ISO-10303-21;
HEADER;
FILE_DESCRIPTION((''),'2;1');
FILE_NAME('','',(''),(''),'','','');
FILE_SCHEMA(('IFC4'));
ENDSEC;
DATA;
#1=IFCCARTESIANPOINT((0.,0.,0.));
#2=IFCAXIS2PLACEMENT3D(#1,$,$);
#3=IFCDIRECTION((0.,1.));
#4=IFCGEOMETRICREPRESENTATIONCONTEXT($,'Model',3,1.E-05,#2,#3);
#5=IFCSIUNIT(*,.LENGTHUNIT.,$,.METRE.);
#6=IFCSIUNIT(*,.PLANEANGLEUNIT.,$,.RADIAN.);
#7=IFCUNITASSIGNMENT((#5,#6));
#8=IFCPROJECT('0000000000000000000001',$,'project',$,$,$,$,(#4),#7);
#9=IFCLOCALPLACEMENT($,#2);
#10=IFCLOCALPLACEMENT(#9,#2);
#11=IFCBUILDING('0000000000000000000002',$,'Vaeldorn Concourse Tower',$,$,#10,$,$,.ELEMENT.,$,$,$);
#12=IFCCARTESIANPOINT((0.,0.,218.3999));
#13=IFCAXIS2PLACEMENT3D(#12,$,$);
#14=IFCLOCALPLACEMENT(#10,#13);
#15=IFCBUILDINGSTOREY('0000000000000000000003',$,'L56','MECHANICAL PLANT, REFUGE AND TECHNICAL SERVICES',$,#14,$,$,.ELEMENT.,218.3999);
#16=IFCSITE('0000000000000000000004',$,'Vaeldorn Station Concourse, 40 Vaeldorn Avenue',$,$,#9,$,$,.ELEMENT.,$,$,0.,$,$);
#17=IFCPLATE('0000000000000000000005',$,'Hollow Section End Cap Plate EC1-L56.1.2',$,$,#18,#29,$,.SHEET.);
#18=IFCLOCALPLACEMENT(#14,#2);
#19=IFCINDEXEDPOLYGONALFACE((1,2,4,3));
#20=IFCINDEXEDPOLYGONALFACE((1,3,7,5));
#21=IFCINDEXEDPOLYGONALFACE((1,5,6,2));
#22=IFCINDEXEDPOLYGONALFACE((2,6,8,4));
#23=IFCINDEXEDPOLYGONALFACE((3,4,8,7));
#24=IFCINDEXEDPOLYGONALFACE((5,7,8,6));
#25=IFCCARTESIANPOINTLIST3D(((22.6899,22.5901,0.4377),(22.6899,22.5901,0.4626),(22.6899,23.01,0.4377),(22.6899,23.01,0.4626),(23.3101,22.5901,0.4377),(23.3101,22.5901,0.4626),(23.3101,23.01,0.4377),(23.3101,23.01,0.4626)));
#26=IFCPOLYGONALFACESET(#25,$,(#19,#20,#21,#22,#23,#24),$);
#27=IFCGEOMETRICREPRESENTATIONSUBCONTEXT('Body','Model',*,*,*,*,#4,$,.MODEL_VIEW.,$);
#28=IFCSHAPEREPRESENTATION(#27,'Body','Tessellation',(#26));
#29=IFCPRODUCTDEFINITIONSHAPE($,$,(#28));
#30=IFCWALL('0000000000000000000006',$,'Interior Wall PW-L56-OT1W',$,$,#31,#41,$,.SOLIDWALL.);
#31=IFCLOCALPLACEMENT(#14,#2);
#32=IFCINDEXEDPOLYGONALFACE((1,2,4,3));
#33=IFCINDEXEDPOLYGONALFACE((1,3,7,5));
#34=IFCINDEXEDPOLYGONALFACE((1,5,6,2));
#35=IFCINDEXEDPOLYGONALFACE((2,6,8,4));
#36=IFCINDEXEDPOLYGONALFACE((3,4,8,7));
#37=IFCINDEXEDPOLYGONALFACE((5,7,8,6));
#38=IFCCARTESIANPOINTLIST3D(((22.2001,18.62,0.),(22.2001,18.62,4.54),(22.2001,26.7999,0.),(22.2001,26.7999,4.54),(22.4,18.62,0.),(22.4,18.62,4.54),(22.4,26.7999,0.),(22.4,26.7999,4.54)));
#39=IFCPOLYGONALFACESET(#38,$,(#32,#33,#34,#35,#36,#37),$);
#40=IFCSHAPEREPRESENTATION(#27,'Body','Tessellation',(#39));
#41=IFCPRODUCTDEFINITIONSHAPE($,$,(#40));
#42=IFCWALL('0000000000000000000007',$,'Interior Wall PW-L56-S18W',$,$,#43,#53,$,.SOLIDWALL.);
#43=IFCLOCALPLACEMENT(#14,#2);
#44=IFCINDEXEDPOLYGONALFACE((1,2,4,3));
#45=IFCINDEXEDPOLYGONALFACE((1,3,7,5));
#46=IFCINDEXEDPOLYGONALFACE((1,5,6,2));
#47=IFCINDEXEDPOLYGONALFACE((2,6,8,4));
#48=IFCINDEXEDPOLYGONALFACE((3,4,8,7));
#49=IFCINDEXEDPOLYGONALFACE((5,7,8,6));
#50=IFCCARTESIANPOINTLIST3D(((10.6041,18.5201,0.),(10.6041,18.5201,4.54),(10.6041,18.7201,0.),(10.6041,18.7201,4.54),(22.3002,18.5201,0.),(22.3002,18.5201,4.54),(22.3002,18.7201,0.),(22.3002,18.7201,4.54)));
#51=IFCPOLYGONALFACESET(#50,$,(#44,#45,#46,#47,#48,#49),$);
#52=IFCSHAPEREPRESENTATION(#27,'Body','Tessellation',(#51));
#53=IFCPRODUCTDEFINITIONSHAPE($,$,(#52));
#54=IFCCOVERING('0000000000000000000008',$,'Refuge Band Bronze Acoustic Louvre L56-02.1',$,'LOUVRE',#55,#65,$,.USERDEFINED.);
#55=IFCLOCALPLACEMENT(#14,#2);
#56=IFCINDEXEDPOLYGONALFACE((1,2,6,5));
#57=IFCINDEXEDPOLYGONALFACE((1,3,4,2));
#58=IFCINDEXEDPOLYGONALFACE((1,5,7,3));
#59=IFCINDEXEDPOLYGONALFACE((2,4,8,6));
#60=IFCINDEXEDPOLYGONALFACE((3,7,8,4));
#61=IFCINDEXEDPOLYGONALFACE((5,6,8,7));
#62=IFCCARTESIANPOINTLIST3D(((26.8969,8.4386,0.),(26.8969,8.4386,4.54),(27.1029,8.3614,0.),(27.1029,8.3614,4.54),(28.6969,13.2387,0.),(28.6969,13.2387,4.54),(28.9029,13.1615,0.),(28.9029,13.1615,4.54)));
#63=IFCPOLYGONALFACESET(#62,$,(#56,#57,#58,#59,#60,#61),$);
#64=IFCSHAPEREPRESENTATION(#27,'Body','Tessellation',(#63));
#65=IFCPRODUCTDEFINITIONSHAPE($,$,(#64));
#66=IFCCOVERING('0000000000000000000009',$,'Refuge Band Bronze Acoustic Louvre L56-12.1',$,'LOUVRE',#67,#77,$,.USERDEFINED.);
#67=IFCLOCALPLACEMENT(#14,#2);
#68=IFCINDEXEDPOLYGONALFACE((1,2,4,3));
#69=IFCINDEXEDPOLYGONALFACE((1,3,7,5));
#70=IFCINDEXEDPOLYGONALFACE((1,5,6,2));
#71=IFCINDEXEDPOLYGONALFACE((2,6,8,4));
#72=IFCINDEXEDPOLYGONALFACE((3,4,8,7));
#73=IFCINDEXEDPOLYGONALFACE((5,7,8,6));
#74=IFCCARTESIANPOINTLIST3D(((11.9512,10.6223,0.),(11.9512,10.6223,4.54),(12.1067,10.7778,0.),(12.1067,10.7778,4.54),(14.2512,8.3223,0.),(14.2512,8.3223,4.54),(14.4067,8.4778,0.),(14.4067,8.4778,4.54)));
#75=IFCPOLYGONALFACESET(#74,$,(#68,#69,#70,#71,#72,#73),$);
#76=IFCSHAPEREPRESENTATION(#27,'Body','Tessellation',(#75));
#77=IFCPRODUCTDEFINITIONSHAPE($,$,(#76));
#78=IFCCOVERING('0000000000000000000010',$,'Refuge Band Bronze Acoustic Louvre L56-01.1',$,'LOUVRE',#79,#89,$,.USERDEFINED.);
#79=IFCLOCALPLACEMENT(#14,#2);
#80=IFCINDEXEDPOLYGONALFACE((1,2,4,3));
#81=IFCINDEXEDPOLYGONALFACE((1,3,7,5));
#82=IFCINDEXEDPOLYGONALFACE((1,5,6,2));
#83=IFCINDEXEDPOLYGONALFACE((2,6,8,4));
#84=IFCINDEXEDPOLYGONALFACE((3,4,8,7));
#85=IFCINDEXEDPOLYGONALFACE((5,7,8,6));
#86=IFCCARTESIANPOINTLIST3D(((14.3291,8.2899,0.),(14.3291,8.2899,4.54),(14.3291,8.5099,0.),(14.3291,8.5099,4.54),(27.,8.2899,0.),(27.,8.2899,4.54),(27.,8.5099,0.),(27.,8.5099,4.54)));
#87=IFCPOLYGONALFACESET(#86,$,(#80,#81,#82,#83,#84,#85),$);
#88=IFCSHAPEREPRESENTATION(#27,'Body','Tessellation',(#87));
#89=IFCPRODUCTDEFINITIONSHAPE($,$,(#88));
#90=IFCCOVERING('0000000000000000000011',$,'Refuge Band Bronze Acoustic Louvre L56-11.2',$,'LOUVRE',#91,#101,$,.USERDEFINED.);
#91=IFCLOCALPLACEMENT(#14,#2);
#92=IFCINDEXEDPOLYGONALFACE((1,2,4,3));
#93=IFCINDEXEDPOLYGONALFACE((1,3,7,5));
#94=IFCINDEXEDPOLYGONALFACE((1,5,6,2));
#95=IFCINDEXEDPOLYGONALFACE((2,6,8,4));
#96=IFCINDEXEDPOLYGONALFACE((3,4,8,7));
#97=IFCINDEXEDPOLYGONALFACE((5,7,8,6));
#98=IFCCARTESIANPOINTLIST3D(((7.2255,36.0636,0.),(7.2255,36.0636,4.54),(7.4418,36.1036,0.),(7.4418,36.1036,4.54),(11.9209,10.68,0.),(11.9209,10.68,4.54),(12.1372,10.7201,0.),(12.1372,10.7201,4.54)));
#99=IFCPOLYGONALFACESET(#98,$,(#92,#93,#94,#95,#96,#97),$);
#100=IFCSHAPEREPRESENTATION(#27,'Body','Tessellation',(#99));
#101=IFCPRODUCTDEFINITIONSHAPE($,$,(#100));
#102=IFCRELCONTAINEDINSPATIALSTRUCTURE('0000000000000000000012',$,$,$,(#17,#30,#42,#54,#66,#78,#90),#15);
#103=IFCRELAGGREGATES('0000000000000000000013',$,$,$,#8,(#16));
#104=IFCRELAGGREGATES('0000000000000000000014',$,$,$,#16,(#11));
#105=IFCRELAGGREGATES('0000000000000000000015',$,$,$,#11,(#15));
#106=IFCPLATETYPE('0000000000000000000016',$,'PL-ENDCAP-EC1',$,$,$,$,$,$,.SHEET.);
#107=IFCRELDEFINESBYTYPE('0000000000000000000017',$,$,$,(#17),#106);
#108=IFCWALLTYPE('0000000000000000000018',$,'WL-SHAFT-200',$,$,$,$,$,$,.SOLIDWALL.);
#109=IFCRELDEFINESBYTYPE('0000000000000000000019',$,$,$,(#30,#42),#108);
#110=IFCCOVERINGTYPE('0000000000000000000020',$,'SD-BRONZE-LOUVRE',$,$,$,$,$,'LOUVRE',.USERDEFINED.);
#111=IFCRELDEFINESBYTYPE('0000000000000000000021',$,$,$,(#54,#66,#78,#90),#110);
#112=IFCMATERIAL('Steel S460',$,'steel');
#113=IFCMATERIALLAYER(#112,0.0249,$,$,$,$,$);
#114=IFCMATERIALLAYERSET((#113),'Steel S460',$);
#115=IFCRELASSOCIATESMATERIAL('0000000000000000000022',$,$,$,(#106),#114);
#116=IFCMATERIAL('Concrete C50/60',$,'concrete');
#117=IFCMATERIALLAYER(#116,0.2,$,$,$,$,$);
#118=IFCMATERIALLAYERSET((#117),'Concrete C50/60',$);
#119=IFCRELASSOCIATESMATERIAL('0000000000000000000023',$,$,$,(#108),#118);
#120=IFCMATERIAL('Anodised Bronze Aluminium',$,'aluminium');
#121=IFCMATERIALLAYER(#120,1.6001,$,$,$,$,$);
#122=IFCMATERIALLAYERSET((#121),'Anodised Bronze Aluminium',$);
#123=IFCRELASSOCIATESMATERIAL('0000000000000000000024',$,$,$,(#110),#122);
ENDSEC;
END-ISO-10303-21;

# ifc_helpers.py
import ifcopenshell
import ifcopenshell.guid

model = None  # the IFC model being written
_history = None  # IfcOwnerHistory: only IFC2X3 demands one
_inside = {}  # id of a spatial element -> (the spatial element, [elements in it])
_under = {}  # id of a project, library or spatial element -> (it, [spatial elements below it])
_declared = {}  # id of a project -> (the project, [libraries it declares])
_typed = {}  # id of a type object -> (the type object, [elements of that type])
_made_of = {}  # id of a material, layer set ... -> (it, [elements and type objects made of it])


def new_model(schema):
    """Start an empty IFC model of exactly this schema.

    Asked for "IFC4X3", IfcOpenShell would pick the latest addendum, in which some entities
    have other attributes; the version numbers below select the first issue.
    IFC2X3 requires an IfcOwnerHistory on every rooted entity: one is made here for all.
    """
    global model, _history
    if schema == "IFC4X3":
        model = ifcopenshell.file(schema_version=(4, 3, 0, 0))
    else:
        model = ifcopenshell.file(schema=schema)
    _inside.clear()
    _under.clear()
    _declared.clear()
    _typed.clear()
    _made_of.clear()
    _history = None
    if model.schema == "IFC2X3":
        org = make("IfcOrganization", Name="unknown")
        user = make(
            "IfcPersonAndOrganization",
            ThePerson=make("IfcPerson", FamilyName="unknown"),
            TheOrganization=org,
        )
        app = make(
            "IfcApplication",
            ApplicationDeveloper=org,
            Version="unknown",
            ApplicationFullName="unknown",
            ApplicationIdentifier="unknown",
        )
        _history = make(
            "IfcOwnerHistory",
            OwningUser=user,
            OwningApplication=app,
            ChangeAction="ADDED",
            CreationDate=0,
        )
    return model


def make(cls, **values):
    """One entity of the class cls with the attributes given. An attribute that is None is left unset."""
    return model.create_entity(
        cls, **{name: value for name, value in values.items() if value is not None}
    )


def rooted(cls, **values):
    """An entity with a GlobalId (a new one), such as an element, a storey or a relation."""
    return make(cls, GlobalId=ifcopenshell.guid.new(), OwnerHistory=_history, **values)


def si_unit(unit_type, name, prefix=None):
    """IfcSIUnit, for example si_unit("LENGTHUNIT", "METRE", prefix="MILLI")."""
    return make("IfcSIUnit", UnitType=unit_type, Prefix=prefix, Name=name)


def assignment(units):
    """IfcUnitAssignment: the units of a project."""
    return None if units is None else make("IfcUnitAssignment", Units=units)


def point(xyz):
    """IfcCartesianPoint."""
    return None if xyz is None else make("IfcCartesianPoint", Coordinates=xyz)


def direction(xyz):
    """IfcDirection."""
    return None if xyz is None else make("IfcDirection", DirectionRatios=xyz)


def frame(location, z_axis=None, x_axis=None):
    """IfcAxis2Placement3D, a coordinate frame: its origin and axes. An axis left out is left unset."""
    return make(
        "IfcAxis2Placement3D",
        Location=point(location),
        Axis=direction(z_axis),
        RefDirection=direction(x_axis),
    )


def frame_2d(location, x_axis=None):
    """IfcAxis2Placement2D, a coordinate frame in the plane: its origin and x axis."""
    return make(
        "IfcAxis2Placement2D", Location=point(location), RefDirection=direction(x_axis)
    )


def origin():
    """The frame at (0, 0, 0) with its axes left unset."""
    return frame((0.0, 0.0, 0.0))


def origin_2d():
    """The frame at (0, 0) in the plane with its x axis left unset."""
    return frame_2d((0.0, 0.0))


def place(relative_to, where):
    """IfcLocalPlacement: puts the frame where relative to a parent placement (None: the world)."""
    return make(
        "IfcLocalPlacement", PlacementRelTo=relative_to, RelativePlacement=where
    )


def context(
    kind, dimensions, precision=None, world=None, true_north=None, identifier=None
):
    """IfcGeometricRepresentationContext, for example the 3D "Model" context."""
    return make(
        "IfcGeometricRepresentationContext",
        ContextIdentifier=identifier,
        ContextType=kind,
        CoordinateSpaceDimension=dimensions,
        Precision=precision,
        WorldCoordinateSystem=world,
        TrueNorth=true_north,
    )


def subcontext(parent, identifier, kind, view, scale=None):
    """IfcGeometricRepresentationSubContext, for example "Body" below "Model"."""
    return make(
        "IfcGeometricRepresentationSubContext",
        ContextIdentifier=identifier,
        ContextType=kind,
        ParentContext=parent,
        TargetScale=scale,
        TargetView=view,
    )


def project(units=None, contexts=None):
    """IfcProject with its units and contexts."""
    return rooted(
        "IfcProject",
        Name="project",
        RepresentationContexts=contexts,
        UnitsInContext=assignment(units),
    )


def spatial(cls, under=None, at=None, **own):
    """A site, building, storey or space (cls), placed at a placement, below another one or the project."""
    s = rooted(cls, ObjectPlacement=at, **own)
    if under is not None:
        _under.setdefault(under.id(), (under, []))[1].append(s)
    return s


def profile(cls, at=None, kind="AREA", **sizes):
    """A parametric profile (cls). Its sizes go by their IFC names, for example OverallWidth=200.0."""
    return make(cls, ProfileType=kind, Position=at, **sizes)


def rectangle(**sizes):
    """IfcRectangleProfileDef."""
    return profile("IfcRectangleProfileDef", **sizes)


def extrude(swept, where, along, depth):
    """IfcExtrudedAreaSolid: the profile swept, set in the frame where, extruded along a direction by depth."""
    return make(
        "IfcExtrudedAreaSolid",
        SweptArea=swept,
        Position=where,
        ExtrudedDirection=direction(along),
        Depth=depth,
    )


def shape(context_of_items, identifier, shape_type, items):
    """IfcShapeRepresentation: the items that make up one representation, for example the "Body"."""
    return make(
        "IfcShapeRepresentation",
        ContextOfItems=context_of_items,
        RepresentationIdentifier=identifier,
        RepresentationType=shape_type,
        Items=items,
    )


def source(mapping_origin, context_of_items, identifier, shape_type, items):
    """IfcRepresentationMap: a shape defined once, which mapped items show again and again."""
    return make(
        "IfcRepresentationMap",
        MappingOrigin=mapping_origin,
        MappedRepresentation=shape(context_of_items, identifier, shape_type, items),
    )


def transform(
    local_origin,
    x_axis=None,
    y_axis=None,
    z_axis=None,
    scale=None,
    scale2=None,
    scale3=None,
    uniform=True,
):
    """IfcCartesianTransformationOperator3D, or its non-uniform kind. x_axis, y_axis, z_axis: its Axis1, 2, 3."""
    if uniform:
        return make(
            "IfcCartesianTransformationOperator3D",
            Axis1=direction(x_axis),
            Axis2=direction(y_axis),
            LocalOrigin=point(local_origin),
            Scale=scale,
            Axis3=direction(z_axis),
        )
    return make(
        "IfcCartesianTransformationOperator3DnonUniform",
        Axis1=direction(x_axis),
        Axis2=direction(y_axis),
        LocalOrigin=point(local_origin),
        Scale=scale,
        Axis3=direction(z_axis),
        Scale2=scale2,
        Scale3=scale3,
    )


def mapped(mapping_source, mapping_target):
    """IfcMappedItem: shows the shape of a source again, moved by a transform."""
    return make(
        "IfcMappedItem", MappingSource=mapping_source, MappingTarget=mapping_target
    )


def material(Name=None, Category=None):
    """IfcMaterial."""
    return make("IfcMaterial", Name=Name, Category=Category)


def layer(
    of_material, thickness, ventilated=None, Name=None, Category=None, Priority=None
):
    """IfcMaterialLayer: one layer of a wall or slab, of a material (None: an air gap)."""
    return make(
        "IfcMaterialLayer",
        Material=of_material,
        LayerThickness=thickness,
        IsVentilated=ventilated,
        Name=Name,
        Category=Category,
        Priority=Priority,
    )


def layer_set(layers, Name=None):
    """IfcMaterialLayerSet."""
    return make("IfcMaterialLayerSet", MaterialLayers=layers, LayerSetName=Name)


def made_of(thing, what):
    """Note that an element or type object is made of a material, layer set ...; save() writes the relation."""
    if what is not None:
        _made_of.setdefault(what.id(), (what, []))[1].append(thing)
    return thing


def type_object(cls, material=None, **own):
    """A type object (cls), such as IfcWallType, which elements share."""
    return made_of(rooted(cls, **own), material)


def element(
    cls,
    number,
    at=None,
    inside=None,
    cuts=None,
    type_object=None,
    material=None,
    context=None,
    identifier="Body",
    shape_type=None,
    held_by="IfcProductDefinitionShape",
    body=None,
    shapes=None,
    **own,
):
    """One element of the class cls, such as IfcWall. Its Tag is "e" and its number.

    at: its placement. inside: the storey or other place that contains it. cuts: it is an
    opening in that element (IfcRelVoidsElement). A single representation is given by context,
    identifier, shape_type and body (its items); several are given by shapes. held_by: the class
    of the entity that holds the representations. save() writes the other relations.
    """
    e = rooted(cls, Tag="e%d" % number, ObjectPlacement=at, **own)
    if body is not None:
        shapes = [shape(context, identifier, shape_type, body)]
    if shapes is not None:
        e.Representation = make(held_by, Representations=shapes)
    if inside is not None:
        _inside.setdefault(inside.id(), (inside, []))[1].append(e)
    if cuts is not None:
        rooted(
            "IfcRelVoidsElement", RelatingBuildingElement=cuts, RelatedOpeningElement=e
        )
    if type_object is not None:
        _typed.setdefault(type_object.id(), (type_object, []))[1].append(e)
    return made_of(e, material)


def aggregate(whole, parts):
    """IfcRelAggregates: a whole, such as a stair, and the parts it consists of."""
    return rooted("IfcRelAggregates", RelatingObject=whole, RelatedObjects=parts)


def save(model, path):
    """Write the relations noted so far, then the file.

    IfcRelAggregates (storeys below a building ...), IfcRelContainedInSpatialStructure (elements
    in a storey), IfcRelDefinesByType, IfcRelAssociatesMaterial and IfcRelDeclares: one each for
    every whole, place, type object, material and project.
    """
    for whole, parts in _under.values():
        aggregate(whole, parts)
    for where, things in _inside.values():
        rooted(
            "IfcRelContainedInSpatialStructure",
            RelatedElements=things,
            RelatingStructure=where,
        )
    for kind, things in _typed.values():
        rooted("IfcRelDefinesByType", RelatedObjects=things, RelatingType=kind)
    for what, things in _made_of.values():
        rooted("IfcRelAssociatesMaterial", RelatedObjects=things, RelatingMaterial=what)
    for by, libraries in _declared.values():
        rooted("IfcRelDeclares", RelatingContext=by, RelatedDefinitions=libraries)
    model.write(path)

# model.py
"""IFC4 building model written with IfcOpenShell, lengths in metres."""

from ifc_helpers import new_model, si_unit, direction, frame, frame_2d, origin, origin_2d, place, context, subcontext, project, spatial, rectangle, extrude, source, transform, mapped, material, layer, layer_set, type_object, element, save


model = new_model("IFC4")

# Units and contexts
model_context = context("Model", 3, precision=1e-05, world=origin(), true_north=direction((0.0, 1.0)))
body_context = subcontext(model_context, "Body", "Model", "MODEL_VIEW")
ifc_project = project(units=[si_unit("LENGTHUNIT", "METRE"), si_unit("PLANEANGLEUNIT", "RADIAN")], contexts=[model_context])

# Site, building, storey
site_placement = place(None, origin())
site = spatial("IfcSite", under=ifc_project, at=site_placement, Name="Vaeldorn Station Concourse, 40 Vaeldorn Avenue", CompositionType="ELEMENT", RefElevation=0.0)
building_placement = place(site_placement, origin())
building = spatial("IfcBuilding", under=site, at=building_placement, Name="Vaeldorn Concourse Tower", CompositionType="ELEMENT")
storey_placement = place(building_placement, frame((0.0, 0.0, 218.3999)))
storey = spatial("IfcBuildingStorey", under=building, at=storey_placement, Name="L56", Description="MECHANICAL PLANT, REFUGE AND TECHNICAL SERVICES", CompositionType="ELEMENT", Elevation=218.3999)

# Shared definitions
ifc_material_1 = material(Name="Steel S460", Category="steel")

# Plate
ifc_layer_1 = layer(ifc_material_1, 0.0249)
ifc_layer_set_1 = layer_set([ifc_layer_1], Name="Steel S460")
plate_type_1 = type_object("IfcPlateType", Name="PL-ENDCAP-EC1", PredefinedType="SHEET", material=ifc_layer_set_1)
shared_shape_1 = source(origin(), body_context, "Body", "SweptSolid", [
    extrude(rectangle(XDim=0.6201, YDim=0.4199, at=origin_2d()), origin(), (0.0, 0.0, 1.0), 0.0249),
])
plate_placement = place(storey_placement, frame((23.0, 22.8, 0.4377), z_axis=(0.0, 0.0, 1.0), x_axis=(1.0, 0.0, 0.0)))
element("IfcPlate", 1, at=plate_placement, inside=storey, type_object=plate_type_1, Name="Hollow Section End Cap Plate EC1-L56.1.2", PredefinedType="SHEET", context=body_context, shape_type="MappedRepresentation", body=[
    mapped(shared_shape_1, transform((0.0, 0.0, 0.0), scale=1.0)),
])

# Walls
ifc_material_2 = material(Name="Concrete C50/60", Category="concrete")
ifc_layer_2 = layer(ifc_material_2, 0.2)
ifc_layer_set_2 = layer_set([ifc_layer_2], Name="Concrete C50/60")
wall_type = type_object("IfcWallType", Name="WL-SHAFT-200", PredefinedType="SOLIDWALL", material=ifc_layer_set_2)
wall_1_placement = place(storey_placement, frame((22.3, 18.6201, 0.0), z_axis=(0.0, 0.0, 1.0), x_axis=(0.0, 1.0, 0.0)))
element("IfcWall", 2, at=wall_1_placement, inside=storey, type_object=wall_type, Name="Interior Wall PW-L56-OT1W", PredefinedType="SOLIDWALL", context=body_context, shape_type="SweptSolid", body=[
    extrude(rectangle(XDim=8.1799, YDim=0.2, at=frame_2d((4.0898, 0.0))), origin(), (0.0, 0.0, 1.0), 4.54),
])
wall_2_placement = place(storey_placement, frame((10.604, 18.6201, 0.0), z_axis=(0.0, 0.0, 1.0), x_axis=(1.0, 0.0, 0.0)))
element("IfcWall", 3, at=wall_2_placement, inside=storey, type_object=wall_type, Name="Interior Wall PW-L56-S18W", PredefinedType="SOLIDWALL", context=body_context, shape_type="SweptSolid", body=[
    extrude(rectangle(XDim=11.696, YDim=0.2, at=frame_2d((5.8481, 0.0))), origin(), (0.0, 0.0, 1.0), 4.54),
])

# Shared definitions
ifc_material_3 = material(Name="Anodised Bronze Aluminium", Category="aluminium")

# Coverings
ifc_layer_3 = layer(ifc_material_3, 1.6001)
ifc_layer_set_3 = layer_set([ifc_layer_3], Name="Anodised Bronze Aluminium")
covering_type = type_object("IfcCoveringType", Name="SD-BRONZE-LOUVRE", ElementType="LOUVRE", PredefinedType="USERDEFINED", material=ifc_layer_set_3)
shared_shape_2 = source(origin(), body_context, "Body", "SweptSolid", [
    extrude(rectangle(XDim=5.1265, YDim=0.22, at=origin_2d()), origin(), (0.0, 0.0, 1.0), 4.54),
])
covering_1_placement = place(storey_placement, frame((27.8999, 10.8, 0.0), z_axis=(0.0, 0.0, 1.0), x_axis=(0.351123, 0.936329, 0.0)))
element("IfcCovering", 4, at=covering_1_placement, inside=storey, type_object=covering_type, Name="Refuge Band Bronze Acoustic Louvre L56-02.1", ObjectType="LOUVRE", PredefinedType="USERDEFINED", context=body_context, shape_type="MappedRepresentation", body=[
    mapped(shared_shape_2, transform((0.0, 0.0, 0.0), scale=1.0)),
])
shared_shape_3 = source(origin(), body_context, "Body", "SweptSolid", [
    extrude(rectangle(XDim=3.2527, YDim=0.22, at=origin_2d()), origin(), (0.0, 0.0, 1.0), 4.54),
])
covering_2_placement = place(storey_placement, frame((13.179, 9.55, 0.0), z_axis=(0.0, 0.0, 1.0), x_axis=(0.707107, -0.707107, 0.0)))
element("IfcCovering", 5, at=covering_2_placement, inside=storey, type_object=covering_type, Name="Refuge Band Bronze Acoustic Louvre L56-12.1", ObjectType="LOUVRE", PredefinedType="USERDEFINED", context=body_context, shape_type="MappedRepresentation", body=[
    mapped(shared_shape_3, transform((0.0, 0.0, 0.0), scale=1.0)),
])
shared_shape_4 = source(origin(), body_context, "Body", "SweptSolid", [
    extrude(rectangle(XDim=12.6709, YDim=0.22, at=origin_2d()), origin(), (0.0, 0.0, 1.0), 4.54),
])
covering_3_placement = place(storey_placement, frame((20.6646, 8.3999, 0.0), z_axis=(0.0, 0.0, 1.0), x_axis=(1.0, 0.0, 0.0)))
element("IfcCovering", 6, at=covering_3_placement, inside=storey, type_object=covering_type, Name="Refuge Band Bronze Acoustic Louvre L56-01.1", ObjectType="LOUVRE", PredefinedType="USERDEFINED", context=body_context, shape_type="MappedRepresentation", body=[
    mapped(shared_shape_4, transform((0.0, 0.0, 0.0), scale=1.0)),
])
shared_shape_5 = source(origin(), body_context, "Body", "SweptSolid", [
    extrude(rectangle(XDim=25.8142, YDim=0.22, at=origin_2d()), origin(), (0.0, 0.0, 1.0), 4.54),
])
covering_4_placement = place(storey_placement, frame((9.6814, 23.3918, 0.0), z_axis=(0.0, 0.0, 1.0), x_axis=(0.181892, -0.983318, 0.0)))
element("IfcCovering", 7, at=covering_4_placement, inside=storey, type_object=covering_type, Name="Refuge Band Bronze Acoustic Louvre L56-11.2", ObjectType="LOUVRE", PredefinedType="USERDEFINED", context=body_context, shape_type="MappedRepresentation", body=[
    mapped(shared_shape_5, transform((0.0, 0.0, 0.0), scale=1.0)),
])

save(model, "model.ifc")
